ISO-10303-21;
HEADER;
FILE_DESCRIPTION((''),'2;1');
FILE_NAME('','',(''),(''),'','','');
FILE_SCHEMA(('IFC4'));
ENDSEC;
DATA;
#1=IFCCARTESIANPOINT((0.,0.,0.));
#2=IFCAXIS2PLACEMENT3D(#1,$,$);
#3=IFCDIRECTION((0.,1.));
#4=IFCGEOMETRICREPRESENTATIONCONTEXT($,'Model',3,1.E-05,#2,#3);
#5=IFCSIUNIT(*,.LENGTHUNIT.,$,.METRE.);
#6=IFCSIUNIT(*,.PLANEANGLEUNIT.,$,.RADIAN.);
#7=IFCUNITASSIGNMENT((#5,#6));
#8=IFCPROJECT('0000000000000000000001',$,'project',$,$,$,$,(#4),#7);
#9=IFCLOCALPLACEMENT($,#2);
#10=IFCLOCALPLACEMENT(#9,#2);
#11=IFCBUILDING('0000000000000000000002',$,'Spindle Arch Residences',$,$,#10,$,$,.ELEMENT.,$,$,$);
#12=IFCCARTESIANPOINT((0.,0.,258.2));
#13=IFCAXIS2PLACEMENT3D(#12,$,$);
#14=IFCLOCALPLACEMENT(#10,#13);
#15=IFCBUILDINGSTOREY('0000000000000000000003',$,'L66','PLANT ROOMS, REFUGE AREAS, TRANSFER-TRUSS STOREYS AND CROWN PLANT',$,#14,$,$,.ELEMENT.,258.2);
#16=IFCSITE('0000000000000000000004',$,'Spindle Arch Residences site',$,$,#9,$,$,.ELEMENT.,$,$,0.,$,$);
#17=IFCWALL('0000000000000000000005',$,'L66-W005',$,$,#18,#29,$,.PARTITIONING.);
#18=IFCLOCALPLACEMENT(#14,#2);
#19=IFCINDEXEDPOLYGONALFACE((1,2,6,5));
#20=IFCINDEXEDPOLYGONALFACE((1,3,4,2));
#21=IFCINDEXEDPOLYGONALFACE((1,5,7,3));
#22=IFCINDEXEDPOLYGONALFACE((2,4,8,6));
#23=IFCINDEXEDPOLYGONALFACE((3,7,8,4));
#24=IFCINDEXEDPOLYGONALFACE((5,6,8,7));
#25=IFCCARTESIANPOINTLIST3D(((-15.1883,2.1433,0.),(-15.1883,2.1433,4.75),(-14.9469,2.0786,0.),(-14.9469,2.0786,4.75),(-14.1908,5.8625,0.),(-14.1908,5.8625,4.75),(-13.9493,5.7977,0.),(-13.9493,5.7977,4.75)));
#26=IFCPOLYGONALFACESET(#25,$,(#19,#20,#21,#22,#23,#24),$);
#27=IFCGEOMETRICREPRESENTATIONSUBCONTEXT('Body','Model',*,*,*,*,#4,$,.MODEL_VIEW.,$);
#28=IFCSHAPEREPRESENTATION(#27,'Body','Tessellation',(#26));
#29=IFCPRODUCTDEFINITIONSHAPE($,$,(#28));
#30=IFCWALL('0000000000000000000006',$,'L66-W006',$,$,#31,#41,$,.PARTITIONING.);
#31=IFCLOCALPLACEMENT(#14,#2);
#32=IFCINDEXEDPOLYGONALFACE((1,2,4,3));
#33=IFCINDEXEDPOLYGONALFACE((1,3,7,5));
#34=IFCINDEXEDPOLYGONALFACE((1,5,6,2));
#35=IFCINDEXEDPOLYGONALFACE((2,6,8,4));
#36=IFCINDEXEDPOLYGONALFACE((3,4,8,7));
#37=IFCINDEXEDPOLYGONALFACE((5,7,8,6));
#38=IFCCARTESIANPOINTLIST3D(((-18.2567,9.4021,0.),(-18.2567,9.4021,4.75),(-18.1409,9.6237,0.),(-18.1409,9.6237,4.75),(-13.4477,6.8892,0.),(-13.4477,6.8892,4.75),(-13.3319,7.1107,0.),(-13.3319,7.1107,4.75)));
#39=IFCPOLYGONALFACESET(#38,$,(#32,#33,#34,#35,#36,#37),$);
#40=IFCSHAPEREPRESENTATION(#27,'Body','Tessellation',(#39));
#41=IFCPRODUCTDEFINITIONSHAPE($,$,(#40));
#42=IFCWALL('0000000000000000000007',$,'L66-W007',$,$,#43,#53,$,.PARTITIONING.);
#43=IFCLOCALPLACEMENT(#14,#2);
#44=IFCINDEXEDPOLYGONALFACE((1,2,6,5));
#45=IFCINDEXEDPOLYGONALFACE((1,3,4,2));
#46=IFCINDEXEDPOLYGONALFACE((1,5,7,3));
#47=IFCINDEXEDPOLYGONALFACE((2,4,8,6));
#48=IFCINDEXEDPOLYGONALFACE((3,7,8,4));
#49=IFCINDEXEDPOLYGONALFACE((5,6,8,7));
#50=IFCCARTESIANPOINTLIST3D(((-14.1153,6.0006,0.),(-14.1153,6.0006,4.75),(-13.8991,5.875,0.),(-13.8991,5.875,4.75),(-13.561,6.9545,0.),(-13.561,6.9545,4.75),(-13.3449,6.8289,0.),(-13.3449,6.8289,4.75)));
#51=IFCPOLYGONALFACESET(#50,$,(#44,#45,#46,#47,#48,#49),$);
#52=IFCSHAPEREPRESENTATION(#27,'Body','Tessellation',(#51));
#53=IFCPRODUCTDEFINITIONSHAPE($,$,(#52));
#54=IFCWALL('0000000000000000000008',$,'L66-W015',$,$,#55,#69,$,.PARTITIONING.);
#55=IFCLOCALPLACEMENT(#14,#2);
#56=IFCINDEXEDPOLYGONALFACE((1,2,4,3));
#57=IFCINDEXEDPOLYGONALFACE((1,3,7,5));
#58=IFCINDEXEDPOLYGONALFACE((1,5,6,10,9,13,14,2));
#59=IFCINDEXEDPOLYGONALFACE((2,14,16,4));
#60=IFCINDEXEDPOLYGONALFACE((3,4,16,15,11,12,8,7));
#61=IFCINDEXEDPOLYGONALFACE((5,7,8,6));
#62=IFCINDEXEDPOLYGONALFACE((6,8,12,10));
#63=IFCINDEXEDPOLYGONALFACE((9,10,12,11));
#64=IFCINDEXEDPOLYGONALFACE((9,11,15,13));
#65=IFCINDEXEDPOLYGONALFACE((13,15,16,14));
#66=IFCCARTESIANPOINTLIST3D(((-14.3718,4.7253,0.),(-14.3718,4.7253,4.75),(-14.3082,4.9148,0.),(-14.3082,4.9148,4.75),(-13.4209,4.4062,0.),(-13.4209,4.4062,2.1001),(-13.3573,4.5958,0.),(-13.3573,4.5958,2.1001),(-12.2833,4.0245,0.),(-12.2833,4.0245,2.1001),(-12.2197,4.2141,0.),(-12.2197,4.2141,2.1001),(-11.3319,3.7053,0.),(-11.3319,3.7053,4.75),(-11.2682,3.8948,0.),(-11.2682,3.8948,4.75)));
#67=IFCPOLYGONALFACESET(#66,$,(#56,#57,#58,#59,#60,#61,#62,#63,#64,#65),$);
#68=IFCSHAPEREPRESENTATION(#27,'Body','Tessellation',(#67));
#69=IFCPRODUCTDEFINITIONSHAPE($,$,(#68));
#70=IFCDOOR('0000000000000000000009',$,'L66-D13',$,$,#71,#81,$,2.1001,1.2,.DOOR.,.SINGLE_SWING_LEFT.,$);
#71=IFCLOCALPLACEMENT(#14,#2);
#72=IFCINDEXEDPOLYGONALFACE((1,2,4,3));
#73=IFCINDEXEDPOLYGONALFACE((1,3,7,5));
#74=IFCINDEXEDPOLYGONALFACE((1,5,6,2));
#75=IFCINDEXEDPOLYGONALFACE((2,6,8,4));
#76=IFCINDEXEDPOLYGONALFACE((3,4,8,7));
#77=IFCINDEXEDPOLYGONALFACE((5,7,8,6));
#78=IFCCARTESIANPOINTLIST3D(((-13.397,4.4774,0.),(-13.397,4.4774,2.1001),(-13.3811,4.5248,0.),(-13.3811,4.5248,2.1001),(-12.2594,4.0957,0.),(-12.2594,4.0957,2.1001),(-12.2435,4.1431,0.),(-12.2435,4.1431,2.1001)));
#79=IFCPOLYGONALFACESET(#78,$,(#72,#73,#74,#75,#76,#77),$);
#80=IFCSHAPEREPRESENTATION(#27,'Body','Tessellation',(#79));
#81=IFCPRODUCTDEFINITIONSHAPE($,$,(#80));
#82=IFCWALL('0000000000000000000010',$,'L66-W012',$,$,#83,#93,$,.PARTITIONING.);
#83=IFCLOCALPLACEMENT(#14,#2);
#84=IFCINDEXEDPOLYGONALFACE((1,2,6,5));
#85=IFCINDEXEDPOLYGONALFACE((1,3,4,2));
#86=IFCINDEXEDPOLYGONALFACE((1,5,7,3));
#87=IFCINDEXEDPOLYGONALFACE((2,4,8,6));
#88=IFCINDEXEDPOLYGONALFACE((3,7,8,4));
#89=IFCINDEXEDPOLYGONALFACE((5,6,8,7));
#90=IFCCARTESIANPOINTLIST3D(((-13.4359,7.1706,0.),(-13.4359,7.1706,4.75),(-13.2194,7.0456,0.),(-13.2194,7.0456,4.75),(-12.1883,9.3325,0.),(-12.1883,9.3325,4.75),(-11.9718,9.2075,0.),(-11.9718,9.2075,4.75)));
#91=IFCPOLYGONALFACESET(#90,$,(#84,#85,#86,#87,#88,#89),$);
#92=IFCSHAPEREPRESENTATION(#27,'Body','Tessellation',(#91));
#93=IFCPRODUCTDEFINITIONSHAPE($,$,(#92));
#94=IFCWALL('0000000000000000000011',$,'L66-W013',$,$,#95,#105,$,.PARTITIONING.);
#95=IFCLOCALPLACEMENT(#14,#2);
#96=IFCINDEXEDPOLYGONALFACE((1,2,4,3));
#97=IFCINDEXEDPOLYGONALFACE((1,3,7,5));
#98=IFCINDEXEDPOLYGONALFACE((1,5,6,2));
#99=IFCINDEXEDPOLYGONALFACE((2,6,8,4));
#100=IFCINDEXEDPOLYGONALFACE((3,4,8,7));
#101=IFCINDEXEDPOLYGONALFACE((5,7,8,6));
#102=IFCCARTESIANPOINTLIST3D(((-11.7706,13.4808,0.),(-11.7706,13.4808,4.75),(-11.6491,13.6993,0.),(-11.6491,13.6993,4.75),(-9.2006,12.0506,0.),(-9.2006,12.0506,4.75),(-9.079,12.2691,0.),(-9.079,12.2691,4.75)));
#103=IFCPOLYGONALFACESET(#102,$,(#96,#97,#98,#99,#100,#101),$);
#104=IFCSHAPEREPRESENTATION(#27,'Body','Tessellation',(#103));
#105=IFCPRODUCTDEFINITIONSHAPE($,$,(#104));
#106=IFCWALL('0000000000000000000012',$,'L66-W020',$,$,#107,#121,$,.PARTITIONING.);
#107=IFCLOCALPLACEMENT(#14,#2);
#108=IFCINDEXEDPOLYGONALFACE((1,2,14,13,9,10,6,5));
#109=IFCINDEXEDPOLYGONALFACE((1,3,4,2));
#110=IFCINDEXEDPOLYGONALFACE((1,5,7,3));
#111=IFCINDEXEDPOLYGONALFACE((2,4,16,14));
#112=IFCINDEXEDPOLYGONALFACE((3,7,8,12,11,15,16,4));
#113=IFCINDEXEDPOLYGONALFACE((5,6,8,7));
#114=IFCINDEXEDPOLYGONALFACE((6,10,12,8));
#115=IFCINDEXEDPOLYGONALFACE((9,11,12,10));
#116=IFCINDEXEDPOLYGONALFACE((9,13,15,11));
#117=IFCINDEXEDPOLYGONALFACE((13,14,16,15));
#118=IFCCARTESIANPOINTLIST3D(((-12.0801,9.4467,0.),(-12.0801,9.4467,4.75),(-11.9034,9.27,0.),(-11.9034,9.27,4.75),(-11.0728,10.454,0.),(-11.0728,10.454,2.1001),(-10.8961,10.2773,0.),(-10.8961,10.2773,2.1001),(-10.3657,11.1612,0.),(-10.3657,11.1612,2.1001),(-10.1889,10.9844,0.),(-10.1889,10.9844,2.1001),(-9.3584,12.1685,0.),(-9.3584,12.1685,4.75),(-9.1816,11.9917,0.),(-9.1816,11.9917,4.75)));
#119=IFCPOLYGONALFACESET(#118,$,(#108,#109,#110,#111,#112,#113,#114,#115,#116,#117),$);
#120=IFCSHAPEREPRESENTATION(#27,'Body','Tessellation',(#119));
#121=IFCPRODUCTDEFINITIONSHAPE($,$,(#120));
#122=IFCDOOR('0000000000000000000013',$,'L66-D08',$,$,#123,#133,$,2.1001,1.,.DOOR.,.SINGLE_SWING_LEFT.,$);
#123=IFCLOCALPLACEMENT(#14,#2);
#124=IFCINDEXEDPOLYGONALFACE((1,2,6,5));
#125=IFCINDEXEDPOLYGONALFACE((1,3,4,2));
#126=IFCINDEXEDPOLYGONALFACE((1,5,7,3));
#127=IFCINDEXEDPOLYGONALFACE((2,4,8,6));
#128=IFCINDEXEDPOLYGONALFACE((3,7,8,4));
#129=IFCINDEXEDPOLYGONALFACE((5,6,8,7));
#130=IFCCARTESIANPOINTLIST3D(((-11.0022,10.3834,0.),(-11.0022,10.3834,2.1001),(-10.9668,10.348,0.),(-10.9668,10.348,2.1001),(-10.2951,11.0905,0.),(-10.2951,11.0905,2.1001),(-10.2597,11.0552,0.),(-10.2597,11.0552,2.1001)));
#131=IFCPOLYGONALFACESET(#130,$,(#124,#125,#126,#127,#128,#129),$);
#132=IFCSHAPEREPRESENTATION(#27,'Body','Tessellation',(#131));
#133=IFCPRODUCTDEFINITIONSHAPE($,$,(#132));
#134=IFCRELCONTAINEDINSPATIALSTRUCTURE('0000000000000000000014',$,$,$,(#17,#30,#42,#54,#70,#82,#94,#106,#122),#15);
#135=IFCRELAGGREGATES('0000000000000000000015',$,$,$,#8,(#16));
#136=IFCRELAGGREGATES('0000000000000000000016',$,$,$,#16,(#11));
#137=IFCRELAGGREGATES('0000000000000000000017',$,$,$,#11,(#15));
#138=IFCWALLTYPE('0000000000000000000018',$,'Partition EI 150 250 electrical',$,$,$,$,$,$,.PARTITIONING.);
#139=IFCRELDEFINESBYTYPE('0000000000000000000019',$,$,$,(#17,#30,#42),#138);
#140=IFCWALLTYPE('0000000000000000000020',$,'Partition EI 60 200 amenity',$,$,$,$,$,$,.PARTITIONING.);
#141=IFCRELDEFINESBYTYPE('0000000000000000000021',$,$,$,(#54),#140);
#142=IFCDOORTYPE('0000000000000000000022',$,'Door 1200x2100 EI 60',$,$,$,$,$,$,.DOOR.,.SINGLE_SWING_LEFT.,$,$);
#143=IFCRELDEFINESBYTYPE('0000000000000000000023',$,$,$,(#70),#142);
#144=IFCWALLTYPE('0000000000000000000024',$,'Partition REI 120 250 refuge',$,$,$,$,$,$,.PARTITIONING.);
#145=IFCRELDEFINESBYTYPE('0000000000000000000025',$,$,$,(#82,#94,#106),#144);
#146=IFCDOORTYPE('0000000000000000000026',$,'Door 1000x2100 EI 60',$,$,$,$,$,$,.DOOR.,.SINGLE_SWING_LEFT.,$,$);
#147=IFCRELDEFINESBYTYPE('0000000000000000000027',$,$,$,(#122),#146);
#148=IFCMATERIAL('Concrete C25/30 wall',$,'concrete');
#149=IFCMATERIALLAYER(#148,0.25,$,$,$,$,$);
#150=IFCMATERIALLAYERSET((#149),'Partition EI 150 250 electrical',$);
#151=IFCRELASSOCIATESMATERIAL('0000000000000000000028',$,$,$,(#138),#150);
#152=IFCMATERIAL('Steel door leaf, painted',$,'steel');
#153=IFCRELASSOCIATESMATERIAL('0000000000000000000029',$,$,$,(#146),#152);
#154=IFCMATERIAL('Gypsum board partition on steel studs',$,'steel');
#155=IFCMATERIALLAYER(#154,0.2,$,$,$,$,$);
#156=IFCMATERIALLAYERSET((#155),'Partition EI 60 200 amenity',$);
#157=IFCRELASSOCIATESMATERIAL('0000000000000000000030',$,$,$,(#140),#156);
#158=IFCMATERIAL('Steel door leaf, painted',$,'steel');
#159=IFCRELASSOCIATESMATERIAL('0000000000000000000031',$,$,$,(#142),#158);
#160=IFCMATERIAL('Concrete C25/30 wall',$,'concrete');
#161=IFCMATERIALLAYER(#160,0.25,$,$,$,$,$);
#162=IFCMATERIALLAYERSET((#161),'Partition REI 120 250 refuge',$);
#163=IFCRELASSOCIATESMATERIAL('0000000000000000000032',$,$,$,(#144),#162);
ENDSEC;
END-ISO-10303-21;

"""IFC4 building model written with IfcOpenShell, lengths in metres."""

from ifc_helpers import new_model, si_unit, direction, frame, frame_2d, origin, place, context, subcontext, project, spatial, rectangle, extrude, material, layer, layer_set, type_object, element, fill, save


model = new_model("IFC4")

# Units and contexts
model_context = context("Model", 3, precision=1e-05, world=origin(), true_north=direction((0.0, 1.0)))
body_context = subcontext(model_context, "Body", "Model", "MODEL_VIEW")
ifc_project = project(units=[si_unit("LENGTHUNIT", "METRE"), si_unit("PLANEANGLEUNIT", "RADIAN")], contexts=[model_context])

# Site, building, storey
site_placement = place(None, origin())
site = spatial("IfcSite", under=ifc_project, at=site_placement, Name="Spindle Arch Residences site", CompositionType="ELEMENT", RefElevation=0.0)
building_placement = place(site_placement, origin())
building = spatial("IfcBuilding", under=site, at=building_placement, Name="Spindle Arch Residences", CompositionType="ELEMENT")
storey_placement = place(building_placement, frame((0.0, 0.0, 258.2)))
storey = spatial("IfcBuildingStorey", under=building, at=storey_placement, Name="L66", Description="PLANT ROOMS, REFUGE AREAS, TRANSFER-TRUSS STOREYS AND CROWN PLANT", CompositionType="ELEMENT", Elevation=258.2)

# Shared definitions
ifc_material_1 = material(Name="Concrete C25/30 wall", Category="concrete")
ifc_layer_1 = layer(ifc_material_1, 0.25)
ifc_layer_set_1 = layer_set([ifc_layer_1], Name="Partition EI 150 250 electrical")
wall_type_1 = type_object("IfcWallType", Name="Partition EI 150 250 electrical", PredefinedType="PARTITIONING", material=ifc_layer_set_1)
ifc_material_2 = material(Name="Steel door leaf, painted", Category="steel")
door_type_1 = type_object("IfcDoorType", Name="Door 1000x2100 EI 60", OperationType="SINGLE_SWING_LEFT", PredefinedType="DOOR", material=ifc_material_2)

# Walls
wall_1_placement = place(storey_placement, frame((-14.0701, 5.8301, 0.0), z_axis=(0.0, 0.0, 1.0), x_axis=(-0.259059, -0.965861, 0.0)))
element("IfcWall", 1, at=wall_1_placement, inside=storey, type_object=wall_type_1, Name="L66-W005", PredefinedType="PARTITIONING", context=body_context, shape_type="SweptSolid", body=[
    extrude(rectangle(XDim=3.8506, YDim=0.25, at=frame_2d((1.9253, 0.0))), origin(), (0.0, 0.0, 1.0), 4.75),
])
wall_2_placement = place(storey_placement, frame((-13.3899, 7.0, 0.0), z_axis=(0.0, 0.0, 1.0), x_axis=(-0.886293, 0.463124, 0.0)))
element("IfcWall", 2, at=wall_2_placement, inside=storey, type_object=wall_type_1, Name="L66-W006", PredefinedType="PARTITIONING", context=body_context, shape_type="SweptSolid", body=[
    extrude(rectangle(XDim=5.426, YDim=0.25, at=frame_2d((2.7129, 0.0))), origin(), (0.0, 0.0, 1.0), 4.75),
])
wall_3_placement = place(storey_placement, frame((-13.4529, 6.8918, 0.0), z_axis=(0.0, 0.0, 1.0), x_axis=(-0.50237, -0.864653, 0.0)))
element("IfcWall", 3, at=wall_3_placement, inside=storey, type_object=wall_type_1, Name="L66-W007", PredefinedType="PARTITIONING", context=body_context, shape_type="SweptSolid", body=[
    extrude(rectangle(XDim=1.1033, YDim=0.25, at=frame_2d((0.5518, 0.0))), origin(), (0.0, 0.0, 1.0), 4.75),
])

# Wall, opening, door
ifc_material_3 = material(Name="Gypsum board partition on steel studs", Category="steel")
ifc_layer_2 = layer(ifc_material_3, 0.2)
ifc_layer_set_2 = layer_set([ifc_layer_2], Name="Partition EI 60 200 amenity")
wall_type_2 = type_object("IfcWallType", Name="Partition EI 60 200 amenity", PredefinedType="PARTITIONING", material=ifc_layer_set_2)
wall_4_placement = place(storey_placement, frame((-11.3, 3.8, 0.0), z_axis=(0.0, 0.0, 1.0), x_axis=(-0.948057, 0.3181, 0.0)))
wall_4 = element("IfcWall", 4, at=wall_4_placement, inside=storey, type_object=wall_type_2, Name="L66-W015", PredefinedType="PARTITIONING", context=body_context, shape_type="SweptSolid", body=[
    extrude(rectangle(XDim=3.2065, YDim=0.2, at=frame_2d((1.6033, 0.0))), origin(), (0.0, 0.0, 1.0), 4.75),
])
opening_1_placement = place(wall_4_placement, frame((1.0034, 0.0, 0.0)))
opening_1 = element("IfcOpeningElement", 5, at=opening_1_placement, cuts=wall_4, PredefinedType="OPENING", context=body_context, shape_type="SweptSolid", body=[
    extrude(rectangle(XDim=1.2, YDim=2.1001, at=frame_2d((0.6001, 1.05))), frame((0.0, 0.1099, 0.0), z_axis=(0.0, -1.0, 0.0), x_axis=(1.0, 0.0, 0.0)), (0.0, 0.0, 1.0), 0.22),
])
ifc_material_4 = material(Name="Steel door leaf, painted", Category="steel")
door_type_2 = type_object("IfcDoorType", Name="Door 1200x2100 EI 60", OperationType="SINGLE_SWING_LEFT", PredefinedType="DOOR", material=ifc_material_4)
door_1_placement = place(opening_1_placement, origin())
door_1 = element("IfcDoor", 6, at=door_1_placement, inside=storey, type_object=door_type_2, Name="L66-D13", OperationType="SINGLE_SWING_LEFT", OverallHeight=2.1001, OverallWidth=1.2, PredefinedType="DOOR", context=body_context, shape_type="SweptSolid", body=[
    extrude(rectangle(XDim=1.2, YDim=2.1001, at=frame_2d((0.6001, 1.05))), frame((0.0, 0.0249, 0.0), z_axis=(0.0, -1.0, 0.0), x_axis=(1.0, 0.0, 0.0)), (0.0, 0.0, 1.0), 0.05),
])
fill(opening_1, door_1)

# Walls
ifc_material_5 = material(Name="Concrete C25/30 wall", Category="concrete")
ifc_layer_3 = layer(ifc_material_5, 0.25)
ifc_layer_set_3 = layer_set([ifc_layer_3], Name="Partition REI 120 250 refuge")
wall_type_3 = type_object("IfcWallType", Name="Partition REI 120 250 refuge", PredefinedType="PARTITIONING", material=ifc_layer_set_3)
wall_5_placement = place(storey_placement, frame((-12.0801, 9.27, 0.0), z_axis=(0.0, 0.0, 1.0), x_axis=(-0.499821, -0.866129, 0.0)))
element("IfcWall", 7, at=wall_5_placement, inside=storey, type_object=wall_type_3, Name="L66-W012", PredefinedType="PARTITIONING", context=body_context, shape_type="SweptSolid", body=[
    extrude(rectangle(XDim=2.4961, YDim=0.25, at=frame_2d((1.248, 0.0))), origin(), (0.0, 0.0, 1.0), 4.75),
])
wall_6_placement = place(storey_placement, frame((-11.71, 13.5901, 0.0), z_axis=(0.0, 0.0, 1.0), x_axis=(0.873816, -0.486256, 0.0)))
element("IfcWall", 8, at=wall_6_placement, inside=storey, type_object=wall_type_3, Name="L66-W013", PredefinedType="PARTITIONING", context=body_context, shape_type="SweptSolid", body=[
    extrude(rectangle(XDim=2.9412, YDim=0.25, at=frame_2d((1.4707, 0.0))), origin(), (0.0, 0.0, 1.0), 4.75),
])

# Wall, opening, door
wall_7_placement = place(storey_placement, frame((-9.27, 12.0801, 0.0), z_axis=(0.0, 0.0, 1.0), x_axis=(-0.707107, -0.707107, 0.0)))
wall_7 = element("IfcWall", 9, at=wall_7_placement, inside=storey, type_object=wall_type_3, Name="L66-W020", PredefinedType="PARTITIONING", context=body_context, shape_type="SweptSolid", body=[
    extrude(rectangle(XDim=3.8491, YDim=0.25, at=frame_2d((1.9246, 0.0))), origin(), (0.0, 0.0, 1.0), 4.75),
])
opening_2_placement = place(wall_7_placement, frame((1.4246, 0.0, 0.0)))
opening_2 = element("IfcOpeningElement", 10, at=opening_2_placement, cuts=wall_7, PredefinedType="OPENING", context=body_context, shape_type="SweptSolid", body=[
    extrude(rectangle(XDim=1.0, YDim=2.1001, at=frame_2d((0.5, 1.05))), frame((0.0, 0.135, 0.0), z_axis=(0.0, -1.0, 0.0), x_axis=(1.0, 0.0, 0.0)), (0.0, 0.0, 1.0), 0.27),
])
door_2_placement = place(opening_2_placement, origin())
door_2 = element("IfcDoor", 11, at=door_2_placement, inside=storey, type_object=door_type_1, Name="L66-D08", OperationType="SINGLE_SWING_LEFT", OverallHeight=2.1001, OverallWidth=1.0, PredefinedType="DOOR", context=body_context, shape_type="SweptSolid", body=[
    extrude(rectangle(XDim=1.0, YDim=2.1001, at=frame_2d((0.5, 1.05))), frame((0.0, 0.0249, 0.0), z_axis=(0.0, -1.0, 0.0), x_axis=(1.0, 0.0, 0.0)), (0.0, 0.0, 1.0), 0.05),
])
fill(opening_2, door_2)

save(model, "model.ifc")
